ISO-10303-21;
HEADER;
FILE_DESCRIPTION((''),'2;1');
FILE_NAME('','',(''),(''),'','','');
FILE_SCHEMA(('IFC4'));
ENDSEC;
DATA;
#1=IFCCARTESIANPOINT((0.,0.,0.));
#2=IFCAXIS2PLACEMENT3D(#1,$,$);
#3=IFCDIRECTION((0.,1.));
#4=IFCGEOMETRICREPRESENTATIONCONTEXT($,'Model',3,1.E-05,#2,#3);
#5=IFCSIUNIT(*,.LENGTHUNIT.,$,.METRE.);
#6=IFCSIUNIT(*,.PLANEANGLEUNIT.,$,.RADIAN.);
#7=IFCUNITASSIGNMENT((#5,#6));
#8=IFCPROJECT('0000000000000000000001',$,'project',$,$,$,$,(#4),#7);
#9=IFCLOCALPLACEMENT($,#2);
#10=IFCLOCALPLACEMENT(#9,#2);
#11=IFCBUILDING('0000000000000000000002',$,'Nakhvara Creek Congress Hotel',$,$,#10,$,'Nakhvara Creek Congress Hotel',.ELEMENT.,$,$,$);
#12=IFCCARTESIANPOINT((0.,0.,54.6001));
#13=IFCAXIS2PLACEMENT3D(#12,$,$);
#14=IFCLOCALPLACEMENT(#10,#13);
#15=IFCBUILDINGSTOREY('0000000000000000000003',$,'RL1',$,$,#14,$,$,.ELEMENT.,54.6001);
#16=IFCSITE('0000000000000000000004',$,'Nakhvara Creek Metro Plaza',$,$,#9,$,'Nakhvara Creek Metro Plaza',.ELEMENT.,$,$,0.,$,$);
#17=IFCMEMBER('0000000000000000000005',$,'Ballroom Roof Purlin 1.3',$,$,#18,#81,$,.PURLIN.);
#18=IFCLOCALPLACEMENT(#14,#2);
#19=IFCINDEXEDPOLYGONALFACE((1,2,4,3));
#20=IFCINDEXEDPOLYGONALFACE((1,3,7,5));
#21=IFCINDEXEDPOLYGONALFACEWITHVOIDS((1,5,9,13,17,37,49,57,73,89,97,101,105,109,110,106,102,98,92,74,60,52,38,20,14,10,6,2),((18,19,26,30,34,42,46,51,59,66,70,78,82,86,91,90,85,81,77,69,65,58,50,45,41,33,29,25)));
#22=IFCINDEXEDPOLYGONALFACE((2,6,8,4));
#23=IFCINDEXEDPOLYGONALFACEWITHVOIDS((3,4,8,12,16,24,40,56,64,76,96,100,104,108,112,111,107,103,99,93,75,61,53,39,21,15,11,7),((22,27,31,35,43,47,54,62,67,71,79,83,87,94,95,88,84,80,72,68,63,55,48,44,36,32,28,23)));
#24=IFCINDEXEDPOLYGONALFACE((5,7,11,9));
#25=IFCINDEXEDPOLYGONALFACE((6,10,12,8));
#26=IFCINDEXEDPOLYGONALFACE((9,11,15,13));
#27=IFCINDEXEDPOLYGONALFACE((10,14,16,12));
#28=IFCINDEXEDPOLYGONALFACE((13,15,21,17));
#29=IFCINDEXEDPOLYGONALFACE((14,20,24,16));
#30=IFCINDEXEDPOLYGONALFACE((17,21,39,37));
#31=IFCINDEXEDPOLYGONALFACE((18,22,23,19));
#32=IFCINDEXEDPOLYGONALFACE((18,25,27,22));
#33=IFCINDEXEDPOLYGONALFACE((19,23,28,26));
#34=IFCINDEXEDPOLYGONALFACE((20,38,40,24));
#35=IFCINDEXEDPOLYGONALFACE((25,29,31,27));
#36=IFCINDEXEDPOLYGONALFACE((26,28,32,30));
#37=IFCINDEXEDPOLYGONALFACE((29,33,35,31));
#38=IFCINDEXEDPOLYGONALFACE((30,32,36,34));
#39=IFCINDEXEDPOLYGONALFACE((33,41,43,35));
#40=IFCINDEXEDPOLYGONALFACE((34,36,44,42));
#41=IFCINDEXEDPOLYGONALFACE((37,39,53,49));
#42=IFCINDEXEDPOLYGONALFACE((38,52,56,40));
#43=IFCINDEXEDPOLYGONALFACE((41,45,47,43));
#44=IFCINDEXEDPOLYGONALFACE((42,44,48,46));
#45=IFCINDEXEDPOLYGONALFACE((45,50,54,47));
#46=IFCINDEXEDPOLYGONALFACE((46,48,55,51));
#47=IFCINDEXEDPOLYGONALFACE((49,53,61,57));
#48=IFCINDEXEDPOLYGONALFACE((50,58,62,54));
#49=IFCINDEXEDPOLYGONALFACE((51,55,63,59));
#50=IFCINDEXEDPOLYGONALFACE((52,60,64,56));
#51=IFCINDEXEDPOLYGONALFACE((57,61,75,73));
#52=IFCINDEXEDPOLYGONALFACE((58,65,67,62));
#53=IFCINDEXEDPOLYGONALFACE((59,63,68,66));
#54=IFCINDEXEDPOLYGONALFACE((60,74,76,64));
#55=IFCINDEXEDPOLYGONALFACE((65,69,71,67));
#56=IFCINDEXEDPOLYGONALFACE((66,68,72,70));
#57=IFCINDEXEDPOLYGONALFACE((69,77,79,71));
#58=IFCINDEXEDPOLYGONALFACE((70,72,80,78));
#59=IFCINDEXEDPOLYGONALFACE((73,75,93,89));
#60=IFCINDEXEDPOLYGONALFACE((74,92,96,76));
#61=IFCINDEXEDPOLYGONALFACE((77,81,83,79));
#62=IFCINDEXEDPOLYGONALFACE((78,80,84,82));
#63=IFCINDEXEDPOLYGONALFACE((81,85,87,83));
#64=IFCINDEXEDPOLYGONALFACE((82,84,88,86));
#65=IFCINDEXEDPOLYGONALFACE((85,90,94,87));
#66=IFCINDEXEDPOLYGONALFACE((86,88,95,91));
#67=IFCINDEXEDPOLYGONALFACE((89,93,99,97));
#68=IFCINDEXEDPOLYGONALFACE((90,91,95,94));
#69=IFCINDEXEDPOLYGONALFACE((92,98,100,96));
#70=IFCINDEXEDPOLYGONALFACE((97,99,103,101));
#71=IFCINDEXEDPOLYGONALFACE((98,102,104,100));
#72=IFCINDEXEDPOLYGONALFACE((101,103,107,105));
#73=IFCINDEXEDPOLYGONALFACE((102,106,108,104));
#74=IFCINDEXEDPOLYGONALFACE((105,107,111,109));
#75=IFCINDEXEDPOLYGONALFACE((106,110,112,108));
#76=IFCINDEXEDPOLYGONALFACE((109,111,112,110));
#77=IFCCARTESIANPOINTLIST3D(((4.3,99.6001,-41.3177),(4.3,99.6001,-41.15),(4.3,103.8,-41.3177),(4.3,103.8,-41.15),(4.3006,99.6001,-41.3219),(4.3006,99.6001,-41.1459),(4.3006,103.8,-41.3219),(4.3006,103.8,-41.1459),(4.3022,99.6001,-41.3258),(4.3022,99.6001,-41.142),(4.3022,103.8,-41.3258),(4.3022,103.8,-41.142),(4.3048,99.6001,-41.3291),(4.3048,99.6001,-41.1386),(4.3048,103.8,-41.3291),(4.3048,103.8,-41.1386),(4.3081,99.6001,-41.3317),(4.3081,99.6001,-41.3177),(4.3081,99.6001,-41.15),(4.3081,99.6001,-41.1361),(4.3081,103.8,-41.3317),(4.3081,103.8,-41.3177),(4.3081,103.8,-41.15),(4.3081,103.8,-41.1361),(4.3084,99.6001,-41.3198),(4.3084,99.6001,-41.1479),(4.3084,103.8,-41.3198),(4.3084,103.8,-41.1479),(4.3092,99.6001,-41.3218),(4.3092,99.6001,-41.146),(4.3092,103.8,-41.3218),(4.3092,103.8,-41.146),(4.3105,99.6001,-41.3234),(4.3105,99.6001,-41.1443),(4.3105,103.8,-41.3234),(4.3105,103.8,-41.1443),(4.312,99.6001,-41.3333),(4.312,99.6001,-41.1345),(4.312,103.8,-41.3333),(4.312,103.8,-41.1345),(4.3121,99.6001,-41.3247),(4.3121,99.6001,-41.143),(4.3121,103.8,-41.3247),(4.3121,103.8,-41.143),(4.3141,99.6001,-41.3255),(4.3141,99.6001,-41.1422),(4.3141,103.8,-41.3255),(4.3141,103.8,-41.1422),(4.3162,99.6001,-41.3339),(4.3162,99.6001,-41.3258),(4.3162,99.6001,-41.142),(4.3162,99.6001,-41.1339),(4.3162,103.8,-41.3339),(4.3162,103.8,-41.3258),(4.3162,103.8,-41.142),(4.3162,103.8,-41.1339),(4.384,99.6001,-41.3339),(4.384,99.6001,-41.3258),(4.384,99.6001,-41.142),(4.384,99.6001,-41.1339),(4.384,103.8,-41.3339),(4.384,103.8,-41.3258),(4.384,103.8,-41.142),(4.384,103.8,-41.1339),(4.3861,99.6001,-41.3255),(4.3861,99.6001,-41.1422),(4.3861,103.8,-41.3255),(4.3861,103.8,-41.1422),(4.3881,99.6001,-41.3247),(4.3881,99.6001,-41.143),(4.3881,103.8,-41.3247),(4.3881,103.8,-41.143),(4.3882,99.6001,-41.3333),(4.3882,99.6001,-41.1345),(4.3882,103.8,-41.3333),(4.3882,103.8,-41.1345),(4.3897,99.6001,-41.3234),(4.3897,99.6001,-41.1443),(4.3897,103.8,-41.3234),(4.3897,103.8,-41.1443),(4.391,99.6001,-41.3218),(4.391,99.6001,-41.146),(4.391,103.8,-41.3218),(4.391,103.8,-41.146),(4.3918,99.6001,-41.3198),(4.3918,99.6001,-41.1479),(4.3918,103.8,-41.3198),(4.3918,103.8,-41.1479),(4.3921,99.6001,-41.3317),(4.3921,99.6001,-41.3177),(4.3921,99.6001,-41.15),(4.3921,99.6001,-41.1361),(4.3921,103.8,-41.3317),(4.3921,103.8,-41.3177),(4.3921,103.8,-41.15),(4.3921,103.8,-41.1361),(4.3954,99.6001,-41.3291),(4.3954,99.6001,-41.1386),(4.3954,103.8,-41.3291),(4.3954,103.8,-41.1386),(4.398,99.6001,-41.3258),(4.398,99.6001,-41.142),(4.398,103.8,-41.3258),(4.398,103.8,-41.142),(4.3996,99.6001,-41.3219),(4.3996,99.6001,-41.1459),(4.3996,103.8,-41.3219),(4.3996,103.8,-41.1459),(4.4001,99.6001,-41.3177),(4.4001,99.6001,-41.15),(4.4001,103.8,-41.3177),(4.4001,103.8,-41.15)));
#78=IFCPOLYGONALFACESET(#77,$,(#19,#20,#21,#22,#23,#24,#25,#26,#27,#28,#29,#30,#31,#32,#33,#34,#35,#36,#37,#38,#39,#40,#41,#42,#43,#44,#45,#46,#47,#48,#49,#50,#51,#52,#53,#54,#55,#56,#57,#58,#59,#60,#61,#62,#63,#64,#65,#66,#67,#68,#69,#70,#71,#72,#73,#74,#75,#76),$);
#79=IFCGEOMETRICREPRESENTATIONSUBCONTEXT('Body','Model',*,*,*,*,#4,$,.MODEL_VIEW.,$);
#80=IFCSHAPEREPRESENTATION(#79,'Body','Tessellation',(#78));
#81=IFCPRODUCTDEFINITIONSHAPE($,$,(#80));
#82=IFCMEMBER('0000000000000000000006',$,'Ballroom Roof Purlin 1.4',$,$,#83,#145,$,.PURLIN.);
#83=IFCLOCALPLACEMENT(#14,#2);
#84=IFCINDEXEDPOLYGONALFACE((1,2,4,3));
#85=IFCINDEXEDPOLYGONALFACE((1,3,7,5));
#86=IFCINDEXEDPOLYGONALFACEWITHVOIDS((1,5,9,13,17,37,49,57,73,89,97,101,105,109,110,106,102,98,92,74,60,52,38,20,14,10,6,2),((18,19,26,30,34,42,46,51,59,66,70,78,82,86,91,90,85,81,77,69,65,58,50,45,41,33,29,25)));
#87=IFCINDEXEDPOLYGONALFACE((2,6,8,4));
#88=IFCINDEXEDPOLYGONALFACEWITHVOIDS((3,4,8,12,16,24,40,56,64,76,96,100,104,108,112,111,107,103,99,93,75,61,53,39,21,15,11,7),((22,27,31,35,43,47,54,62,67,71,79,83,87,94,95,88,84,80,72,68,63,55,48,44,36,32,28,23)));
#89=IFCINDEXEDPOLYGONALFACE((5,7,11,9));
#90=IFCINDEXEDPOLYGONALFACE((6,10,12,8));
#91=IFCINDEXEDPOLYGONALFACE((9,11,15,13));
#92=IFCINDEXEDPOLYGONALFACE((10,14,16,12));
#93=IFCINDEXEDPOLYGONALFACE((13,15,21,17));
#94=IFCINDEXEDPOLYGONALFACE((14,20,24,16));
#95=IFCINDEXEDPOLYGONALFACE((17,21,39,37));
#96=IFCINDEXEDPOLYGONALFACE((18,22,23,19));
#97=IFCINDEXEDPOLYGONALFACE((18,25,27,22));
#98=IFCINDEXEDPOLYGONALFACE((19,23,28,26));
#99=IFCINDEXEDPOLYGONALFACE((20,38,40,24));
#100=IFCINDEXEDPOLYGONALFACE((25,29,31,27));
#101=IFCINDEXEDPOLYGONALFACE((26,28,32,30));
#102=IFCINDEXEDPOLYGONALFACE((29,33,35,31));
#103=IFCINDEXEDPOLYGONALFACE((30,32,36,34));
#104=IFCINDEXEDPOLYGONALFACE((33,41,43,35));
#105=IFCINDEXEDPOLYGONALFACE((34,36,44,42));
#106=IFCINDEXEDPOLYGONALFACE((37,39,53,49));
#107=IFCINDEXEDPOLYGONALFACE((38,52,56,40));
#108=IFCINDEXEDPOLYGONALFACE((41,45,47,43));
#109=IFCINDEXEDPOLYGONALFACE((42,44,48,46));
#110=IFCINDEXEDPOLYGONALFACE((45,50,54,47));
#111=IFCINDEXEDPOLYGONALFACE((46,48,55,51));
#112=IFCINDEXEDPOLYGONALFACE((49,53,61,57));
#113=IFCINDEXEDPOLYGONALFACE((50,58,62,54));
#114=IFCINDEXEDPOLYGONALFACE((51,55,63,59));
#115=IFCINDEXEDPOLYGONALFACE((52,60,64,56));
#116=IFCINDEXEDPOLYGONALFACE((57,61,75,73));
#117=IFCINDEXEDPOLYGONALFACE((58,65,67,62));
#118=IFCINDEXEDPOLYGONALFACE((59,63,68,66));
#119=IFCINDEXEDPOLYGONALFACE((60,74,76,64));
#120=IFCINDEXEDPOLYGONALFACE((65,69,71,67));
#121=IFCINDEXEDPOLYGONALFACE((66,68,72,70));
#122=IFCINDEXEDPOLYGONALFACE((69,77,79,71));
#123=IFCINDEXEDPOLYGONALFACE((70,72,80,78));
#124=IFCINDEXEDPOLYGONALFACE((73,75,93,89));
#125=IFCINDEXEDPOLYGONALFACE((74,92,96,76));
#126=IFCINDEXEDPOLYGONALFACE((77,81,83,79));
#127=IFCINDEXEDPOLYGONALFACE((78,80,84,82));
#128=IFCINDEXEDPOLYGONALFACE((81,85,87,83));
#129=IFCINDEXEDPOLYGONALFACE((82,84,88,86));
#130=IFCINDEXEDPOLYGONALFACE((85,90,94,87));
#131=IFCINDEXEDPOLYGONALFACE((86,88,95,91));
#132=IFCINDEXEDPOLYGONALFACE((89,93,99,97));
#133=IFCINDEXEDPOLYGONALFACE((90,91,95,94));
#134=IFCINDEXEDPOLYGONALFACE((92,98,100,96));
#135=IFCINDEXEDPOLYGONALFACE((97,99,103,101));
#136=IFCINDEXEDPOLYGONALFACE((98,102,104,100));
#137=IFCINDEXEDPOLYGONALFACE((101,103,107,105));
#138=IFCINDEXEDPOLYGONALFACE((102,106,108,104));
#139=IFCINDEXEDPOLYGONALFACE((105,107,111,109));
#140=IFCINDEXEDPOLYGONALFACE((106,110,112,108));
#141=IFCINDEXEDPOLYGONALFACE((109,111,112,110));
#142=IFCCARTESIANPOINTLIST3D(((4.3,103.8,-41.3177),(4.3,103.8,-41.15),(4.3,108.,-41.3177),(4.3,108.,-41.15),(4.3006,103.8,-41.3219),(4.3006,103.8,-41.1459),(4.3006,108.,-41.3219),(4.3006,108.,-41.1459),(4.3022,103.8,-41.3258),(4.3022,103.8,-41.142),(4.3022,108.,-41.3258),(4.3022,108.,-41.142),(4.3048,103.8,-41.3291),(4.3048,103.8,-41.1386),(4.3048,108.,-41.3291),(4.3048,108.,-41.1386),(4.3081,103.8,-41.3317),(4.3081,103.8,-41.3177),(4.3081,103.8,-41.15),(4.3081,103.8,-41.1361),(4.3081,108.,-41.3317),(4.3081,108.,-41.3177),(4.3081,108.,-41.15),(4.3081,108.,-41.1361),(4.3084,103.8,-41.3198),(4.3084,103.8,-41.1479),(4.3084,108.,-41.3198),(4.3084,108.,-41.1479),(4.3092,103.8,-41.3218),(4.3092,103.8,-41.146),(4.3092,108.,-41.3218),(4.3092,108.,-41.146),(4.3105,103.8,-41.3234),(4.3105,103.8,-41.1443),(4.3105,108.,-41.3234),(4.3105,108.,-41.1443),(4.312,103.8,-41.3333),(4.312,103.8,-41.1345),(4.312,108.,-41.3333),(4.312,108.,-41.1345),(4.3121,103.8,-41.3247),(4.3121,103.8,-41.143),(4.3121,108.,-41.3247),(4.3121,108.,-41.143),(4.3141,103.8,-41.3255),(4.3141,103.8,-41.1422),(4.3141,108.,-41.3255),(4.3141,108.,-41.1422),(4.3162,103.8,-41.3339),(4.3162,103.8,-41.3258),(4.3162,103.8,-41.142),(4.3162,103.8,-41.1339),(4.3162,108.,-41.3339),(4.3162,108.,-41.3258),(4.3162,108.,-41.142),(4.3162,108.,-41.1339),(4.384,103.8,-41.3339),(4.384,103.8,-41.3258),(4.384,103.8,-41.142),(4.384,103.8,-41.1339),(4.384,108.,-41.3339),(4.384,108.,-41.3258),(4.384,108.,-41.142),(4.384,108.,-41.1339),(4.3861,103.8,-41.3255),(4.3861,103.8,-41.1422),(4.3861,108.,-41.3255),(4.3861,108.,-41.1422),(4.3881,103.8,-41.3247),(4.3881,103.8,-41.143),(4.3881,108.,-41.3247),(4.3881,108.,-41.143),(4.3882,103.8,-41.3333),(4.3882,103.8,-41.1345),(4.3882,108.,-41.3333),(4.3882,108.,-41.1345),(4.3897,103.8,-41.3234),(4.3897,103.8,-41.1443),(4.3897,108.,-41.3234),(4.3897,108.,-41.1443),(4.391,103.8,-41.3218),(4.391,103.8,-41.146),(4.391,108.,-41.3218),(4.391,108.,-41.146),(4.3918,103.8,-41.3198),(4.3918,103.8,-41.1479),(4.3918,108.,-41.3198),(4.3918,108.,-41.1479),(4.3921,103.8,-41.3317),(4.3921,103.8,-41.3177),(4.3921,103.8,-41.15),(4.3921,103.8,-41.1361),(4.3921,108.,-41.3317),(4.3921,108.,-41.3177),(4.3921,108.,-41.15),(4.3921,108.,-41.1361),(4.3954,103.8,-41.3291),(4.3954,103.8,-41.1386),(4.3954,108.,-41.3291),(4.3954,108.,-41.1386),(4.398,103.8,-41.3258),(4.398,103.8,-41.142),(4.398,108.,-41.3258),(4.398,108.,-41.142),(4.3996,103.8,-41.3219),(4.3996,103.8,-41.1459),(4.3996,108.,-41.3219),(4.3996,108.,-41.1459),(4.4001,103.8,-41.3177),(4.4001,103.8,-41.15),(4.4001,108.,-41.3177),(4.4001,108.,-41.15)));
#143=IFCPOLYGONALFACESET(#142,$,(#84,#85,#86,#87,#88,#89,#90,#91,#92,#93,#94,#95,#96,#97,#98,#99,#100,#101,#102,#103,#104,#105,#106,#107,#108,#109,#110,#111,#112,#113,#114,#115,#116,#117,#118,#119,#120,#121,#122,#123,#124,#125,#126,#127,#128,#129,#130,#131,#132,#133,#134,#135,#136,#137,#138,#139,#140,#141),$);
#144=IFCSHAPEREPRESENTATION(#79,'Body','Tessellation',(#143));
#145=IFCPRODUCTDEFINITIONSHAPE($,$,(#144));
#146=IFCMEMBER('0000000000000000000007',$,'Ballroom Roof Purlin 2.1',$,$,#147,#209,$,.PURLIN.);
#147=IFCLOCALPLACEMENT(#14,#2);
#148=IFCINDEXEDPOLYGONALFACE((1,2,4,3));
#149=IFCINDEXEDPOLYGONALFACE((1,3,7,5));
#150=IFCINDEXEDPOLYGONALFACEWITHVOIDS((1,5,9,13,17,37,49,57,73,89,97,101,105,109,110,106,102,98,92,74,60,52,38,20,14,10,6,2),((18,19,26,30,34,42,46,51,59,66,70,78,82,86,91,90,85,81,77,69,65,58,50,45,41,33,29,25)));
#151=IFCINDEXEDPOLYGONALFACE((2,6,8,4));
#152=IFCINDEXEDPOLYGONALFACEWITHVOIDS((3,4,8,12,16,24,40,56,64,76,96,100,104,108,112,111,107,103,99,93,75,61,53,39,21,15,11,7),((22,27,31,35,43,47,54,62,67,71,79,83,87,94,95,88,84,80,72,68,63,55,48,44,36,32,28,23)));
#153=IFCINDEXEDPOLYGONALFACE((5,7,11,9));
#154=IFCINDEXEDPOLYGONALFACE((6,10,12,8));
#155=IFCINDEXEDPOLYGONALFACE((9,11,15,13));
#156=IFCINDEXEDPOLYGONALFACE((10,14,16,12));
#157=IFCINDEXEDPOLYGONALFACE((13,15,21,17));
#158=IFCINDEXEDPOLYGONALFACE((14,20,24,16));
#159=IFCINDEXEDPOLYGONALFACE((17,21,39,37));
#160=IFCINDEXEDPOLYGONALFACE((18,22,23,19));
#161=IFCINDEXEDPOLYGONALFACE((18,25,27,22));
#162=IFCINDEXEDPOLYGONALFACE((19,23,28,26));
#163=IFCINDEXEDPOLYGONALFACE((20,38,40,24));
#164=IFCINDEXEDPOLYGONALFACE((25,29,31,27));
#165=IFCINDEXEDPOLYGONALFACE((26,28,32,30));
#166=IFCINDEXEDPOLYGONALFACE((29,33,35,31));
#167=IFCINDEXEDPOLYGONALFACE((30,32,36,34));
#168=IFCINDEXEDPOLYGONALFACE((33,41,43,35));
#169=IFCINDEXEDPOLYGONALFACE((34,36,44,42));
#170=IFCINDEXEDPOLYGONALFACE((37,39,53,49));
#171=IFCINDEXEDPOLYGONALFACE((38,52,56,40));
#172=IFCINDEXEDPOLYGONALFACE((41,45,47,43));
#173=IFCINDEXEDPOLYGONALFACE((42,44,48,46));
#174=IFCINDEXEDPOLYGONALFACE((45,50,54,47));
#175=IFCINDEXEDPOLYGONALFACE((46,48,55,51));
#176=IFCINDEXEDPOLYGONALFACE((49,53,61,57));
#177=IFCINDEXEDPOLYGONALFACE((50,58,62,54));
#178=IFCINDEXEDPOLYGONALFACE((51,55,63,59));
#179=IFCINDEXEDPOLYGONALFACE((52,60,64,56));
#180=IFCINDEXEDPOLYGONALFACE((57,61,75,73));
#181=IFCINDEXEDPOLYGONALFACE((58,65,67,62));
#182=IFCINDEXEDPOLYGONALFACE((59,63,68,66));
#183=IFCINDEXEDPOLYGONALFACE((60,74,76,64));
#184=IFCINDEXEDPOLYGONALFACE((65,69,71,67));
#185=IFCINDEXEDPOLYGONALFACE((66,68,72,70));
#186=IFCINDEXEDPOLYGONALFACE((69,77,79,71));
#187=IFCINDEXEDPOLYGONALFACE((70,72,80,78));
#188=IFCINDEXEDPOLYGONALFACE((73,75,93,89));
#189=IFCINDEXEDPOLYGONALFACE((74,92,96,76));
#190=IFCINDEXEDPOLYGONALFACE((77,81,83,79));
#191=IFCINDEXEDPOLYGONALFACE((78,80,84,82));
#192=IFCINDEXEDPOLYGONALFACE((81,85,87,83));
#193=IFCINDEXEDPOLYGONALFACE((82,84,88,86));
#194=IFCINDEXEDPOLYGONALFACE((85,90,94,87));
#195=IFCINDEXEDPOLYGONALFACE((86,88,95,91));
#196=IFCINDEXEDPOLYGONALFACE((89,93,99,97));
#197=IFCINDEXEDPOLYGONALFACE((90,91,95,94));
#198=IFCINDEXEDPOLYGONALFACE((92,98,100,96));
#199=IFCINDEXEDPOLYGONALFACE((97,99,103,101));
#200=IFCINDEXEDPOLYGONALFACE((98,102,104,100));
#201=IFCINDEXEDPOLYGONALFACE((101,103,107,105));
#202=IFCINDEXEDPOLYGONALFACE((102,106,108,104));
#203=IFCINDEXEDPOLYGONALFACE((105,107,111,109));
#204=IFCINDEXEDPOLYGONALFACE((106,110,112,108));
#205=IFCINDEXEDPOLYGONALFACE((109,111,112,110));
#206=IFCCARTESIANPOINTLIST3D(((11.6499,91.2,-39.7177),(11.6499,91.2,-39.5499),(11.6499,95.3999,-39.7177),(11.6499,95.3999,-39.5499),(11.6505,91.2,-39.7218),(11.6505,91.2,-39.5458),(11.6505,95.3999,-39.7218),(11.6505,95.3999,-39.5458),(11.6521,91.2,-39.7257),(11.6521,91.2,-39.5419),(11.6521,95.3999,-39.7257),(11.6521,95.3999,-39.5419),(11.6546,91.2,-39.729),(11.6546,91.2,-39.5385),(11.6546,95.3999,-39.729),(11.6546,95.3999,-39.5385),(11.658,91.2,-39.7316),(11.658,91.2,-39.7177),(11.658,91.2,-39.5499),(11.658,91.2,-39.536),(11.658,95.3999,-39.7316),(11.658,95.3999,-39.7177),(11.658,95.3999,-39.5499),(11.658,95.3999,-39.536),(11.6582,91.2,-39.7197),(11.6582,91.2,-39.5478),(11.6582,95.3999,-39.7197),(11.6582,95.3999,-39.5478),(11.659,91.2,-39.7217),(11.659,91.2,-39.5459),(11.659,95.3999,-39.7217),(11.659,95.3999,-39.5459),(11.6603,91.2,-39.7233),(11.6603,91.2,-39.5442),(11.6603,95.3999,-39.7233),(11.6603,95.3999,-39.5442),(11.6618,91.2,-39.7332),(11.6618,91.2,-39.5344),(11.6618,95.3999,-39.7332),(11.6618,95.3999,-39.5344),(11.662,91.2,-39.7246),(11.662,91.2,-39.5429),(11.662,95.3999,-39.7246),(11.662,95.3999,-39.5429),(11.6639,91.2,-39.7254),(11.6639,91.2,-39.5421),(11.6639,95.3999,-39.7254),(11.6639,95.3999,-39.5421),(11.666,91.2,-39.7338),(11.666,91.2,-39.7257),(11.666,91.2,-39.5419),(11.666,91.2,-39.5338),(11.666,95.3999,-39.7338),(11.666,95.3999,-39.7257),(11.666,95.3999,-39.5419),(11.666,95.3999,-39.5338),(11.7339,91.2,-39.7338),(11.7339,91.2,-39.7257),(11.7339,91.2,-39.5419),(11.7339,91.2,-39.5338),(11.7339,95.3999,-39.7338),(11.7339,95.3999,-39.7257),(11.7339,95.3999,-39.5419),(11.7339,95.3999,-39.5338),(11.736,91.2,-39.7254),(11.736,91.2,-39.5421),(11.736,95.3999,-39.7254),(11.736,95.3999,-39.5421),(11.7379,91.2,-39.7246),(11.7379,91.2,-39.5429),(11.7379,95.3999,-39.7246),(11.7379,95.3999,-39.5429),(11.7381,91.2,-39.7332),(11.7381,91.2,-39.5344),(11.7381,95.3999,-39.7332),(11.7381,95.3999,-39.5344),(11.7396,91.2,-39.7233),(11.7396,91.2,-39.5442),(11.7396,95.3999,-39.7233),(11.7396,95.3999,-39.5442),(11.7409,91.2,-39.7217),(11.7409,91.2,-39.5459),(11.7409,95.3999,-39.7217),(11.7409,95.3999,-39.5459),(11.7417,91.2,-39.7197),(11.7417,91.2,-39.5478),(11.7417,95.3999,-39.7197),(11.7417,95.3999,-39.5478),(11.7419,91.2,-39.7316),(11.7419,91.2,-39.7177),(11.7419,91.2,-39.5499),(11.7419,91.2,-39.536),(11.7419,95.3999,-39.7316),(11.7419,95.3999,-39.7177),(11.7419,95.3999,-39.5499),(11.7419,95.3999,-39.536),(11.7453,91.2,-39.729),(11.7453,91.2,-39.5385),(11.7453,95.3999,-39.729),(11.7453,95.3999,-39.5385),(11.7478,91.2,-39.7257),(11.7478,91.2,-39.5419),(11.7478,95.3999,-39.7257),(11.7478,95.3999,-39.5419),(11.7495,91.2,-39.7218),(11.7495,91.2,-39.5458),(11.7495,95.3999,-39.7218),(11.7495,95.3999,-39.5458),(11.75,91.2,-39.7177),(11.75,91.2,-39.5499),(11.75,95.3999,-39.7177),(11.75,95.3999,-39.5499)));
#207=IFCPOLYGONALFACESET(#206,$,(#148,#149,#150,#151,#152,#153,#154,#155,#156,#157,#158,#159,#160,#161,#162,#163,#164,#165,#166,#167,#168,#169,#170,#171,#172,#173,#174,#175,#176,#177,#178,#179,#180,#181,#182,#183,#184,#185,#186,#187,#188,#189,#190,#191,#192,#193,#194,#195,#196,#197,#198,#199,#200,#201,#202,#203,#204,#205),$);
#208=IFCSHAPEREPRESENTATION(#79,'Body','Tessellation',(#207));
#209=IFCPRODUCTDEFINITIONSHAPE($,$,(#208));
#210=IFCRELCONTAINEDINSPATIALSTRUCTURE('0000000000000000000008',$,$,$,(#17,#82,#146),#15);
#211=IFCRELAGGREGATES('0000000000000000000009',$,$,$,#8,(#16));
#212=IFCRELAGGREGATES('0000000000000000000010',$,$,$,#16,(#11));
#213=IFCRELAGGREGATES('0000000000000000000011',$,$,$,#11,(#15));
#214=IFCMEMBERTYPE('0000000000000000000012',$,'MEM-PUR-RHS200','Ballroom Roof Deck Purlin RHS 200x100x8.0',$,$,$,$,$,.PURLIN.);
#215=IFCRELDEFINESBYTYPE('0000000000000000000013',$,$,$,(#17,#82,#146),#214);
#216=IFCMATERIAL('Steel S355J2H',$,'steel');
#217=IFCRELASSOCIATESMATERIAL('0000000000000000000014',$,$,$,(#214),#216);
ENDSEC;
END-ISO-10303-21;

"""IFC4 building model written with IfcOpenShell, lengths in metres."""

from ifc_helpers import new_model, si_unit, direction, frame, origin, origin_2d, place, context, subcontext, project, spatial, hollow_rectangle, extrude, material, material_profile, profile_set, type_object, element, save


model = new_model("IFC4")

# Units and contexts
model_context = context("Model", 3, precision=1e-05, world=origin(), true_north=direction((0.0, 1.0)))
body_context = subcontext(model_context, "Body", "Model", "MODEL_VIEW")
ifc_project = project(units=[si_unit("LENGTHUNIT", "METRE"), si_unit("PLANEANGLEUNIT", "RADIAN")], contexts=[model_context])

# Site, building, storey
site_placement = place(None, origin())
site = spatial("IfcSite", under=ifc_project, at=site_placement, Name="Nakhvara Creek Metro Plaza", LongName="Nakhvara Creek Metro Plaza", CompositionType="ELEMENT", RefElevation=0.0)
building_placement = place(site_placement, origin())
building = spatial("IfcBuilding", under=site, at=building_placement, Name="Nakhvara Creek Congress Hotel", LongName="Nakhvara Creek Congress Hotel", CompositionType="ELEMENT")
storey_placement = place(building_placement, frame((0.0, 0.0, 54.6001)))
storey = spatial("IfcBuildingStorey", under=building, at=storey_placement, Name="RL1", CompositionType="ELEMENT", Elevation=54.6001)

# Members
ifc_material_1 = material(Name="Steel S355J2H", Category="steel")
ifc_material_profile_1 = material_profile(ifc_material_1, hollow_rectangle(XDim=0.1001, YDim=0.2, WallThickness=0.0081, InnerFilletRadius=0.0081, OuterFilletRadius=0.0161, at=origin_2d()), Name="RHS 200x100x8.0", Category="LoadBearing")
ifc_profile_set_1 = profile_set([ifc_material_profile_1], Name="Steel S355J2H")
member_type_1 = type_object("IfcMemberType", Name="MEM-PUR-RHS200", Description="Ballroom Roof Deck Purlin RHS 200x100x8.0", PredefinedType="PURLIN", material=ifc_profile_set_1)
for number, where, z_axis, x_axis, name in (
    (1, (4.3501, 99.6001, -41.2339), (0.0, 1.0, 0.0), (-1.0, 0.0, 0.0), "Ballroom Roof Purlin 1.3"),
    (2, (4.3501, 103.8, -41.2339), (0.0, 1.0, 0.0), (-1.0, 0.0, 0.0), "Ballroom Roof Purlin 1.4"),
    (3, (11.7, 91.2, -39.6338), (0.0, 1.0, 0.0), (-1.0, 0.0, 0.0), "Ballroom Roof Purlin 2.1"),
):
    element("IfcMember", number, at=place(storey_placement, frame(where, z_axis=z_axis, x_axis=x_axis)), inside=storey, type_object=member_type_1, Name=name, PredefinedType="PURLIN", context=body_context, shape_type="SweptSolid", body=[
        extrude(hollow_rectangle(XDim=0.1001, YDim=0.2, WallThickness=0.0081, InnerFilletRadius=0.0081, OuterFilletRadius=0.0161, at=origin_2d()), origin(), (0.0, 0.0, 1.0), 4.2),
    ])

save(model, "model.ifc")
